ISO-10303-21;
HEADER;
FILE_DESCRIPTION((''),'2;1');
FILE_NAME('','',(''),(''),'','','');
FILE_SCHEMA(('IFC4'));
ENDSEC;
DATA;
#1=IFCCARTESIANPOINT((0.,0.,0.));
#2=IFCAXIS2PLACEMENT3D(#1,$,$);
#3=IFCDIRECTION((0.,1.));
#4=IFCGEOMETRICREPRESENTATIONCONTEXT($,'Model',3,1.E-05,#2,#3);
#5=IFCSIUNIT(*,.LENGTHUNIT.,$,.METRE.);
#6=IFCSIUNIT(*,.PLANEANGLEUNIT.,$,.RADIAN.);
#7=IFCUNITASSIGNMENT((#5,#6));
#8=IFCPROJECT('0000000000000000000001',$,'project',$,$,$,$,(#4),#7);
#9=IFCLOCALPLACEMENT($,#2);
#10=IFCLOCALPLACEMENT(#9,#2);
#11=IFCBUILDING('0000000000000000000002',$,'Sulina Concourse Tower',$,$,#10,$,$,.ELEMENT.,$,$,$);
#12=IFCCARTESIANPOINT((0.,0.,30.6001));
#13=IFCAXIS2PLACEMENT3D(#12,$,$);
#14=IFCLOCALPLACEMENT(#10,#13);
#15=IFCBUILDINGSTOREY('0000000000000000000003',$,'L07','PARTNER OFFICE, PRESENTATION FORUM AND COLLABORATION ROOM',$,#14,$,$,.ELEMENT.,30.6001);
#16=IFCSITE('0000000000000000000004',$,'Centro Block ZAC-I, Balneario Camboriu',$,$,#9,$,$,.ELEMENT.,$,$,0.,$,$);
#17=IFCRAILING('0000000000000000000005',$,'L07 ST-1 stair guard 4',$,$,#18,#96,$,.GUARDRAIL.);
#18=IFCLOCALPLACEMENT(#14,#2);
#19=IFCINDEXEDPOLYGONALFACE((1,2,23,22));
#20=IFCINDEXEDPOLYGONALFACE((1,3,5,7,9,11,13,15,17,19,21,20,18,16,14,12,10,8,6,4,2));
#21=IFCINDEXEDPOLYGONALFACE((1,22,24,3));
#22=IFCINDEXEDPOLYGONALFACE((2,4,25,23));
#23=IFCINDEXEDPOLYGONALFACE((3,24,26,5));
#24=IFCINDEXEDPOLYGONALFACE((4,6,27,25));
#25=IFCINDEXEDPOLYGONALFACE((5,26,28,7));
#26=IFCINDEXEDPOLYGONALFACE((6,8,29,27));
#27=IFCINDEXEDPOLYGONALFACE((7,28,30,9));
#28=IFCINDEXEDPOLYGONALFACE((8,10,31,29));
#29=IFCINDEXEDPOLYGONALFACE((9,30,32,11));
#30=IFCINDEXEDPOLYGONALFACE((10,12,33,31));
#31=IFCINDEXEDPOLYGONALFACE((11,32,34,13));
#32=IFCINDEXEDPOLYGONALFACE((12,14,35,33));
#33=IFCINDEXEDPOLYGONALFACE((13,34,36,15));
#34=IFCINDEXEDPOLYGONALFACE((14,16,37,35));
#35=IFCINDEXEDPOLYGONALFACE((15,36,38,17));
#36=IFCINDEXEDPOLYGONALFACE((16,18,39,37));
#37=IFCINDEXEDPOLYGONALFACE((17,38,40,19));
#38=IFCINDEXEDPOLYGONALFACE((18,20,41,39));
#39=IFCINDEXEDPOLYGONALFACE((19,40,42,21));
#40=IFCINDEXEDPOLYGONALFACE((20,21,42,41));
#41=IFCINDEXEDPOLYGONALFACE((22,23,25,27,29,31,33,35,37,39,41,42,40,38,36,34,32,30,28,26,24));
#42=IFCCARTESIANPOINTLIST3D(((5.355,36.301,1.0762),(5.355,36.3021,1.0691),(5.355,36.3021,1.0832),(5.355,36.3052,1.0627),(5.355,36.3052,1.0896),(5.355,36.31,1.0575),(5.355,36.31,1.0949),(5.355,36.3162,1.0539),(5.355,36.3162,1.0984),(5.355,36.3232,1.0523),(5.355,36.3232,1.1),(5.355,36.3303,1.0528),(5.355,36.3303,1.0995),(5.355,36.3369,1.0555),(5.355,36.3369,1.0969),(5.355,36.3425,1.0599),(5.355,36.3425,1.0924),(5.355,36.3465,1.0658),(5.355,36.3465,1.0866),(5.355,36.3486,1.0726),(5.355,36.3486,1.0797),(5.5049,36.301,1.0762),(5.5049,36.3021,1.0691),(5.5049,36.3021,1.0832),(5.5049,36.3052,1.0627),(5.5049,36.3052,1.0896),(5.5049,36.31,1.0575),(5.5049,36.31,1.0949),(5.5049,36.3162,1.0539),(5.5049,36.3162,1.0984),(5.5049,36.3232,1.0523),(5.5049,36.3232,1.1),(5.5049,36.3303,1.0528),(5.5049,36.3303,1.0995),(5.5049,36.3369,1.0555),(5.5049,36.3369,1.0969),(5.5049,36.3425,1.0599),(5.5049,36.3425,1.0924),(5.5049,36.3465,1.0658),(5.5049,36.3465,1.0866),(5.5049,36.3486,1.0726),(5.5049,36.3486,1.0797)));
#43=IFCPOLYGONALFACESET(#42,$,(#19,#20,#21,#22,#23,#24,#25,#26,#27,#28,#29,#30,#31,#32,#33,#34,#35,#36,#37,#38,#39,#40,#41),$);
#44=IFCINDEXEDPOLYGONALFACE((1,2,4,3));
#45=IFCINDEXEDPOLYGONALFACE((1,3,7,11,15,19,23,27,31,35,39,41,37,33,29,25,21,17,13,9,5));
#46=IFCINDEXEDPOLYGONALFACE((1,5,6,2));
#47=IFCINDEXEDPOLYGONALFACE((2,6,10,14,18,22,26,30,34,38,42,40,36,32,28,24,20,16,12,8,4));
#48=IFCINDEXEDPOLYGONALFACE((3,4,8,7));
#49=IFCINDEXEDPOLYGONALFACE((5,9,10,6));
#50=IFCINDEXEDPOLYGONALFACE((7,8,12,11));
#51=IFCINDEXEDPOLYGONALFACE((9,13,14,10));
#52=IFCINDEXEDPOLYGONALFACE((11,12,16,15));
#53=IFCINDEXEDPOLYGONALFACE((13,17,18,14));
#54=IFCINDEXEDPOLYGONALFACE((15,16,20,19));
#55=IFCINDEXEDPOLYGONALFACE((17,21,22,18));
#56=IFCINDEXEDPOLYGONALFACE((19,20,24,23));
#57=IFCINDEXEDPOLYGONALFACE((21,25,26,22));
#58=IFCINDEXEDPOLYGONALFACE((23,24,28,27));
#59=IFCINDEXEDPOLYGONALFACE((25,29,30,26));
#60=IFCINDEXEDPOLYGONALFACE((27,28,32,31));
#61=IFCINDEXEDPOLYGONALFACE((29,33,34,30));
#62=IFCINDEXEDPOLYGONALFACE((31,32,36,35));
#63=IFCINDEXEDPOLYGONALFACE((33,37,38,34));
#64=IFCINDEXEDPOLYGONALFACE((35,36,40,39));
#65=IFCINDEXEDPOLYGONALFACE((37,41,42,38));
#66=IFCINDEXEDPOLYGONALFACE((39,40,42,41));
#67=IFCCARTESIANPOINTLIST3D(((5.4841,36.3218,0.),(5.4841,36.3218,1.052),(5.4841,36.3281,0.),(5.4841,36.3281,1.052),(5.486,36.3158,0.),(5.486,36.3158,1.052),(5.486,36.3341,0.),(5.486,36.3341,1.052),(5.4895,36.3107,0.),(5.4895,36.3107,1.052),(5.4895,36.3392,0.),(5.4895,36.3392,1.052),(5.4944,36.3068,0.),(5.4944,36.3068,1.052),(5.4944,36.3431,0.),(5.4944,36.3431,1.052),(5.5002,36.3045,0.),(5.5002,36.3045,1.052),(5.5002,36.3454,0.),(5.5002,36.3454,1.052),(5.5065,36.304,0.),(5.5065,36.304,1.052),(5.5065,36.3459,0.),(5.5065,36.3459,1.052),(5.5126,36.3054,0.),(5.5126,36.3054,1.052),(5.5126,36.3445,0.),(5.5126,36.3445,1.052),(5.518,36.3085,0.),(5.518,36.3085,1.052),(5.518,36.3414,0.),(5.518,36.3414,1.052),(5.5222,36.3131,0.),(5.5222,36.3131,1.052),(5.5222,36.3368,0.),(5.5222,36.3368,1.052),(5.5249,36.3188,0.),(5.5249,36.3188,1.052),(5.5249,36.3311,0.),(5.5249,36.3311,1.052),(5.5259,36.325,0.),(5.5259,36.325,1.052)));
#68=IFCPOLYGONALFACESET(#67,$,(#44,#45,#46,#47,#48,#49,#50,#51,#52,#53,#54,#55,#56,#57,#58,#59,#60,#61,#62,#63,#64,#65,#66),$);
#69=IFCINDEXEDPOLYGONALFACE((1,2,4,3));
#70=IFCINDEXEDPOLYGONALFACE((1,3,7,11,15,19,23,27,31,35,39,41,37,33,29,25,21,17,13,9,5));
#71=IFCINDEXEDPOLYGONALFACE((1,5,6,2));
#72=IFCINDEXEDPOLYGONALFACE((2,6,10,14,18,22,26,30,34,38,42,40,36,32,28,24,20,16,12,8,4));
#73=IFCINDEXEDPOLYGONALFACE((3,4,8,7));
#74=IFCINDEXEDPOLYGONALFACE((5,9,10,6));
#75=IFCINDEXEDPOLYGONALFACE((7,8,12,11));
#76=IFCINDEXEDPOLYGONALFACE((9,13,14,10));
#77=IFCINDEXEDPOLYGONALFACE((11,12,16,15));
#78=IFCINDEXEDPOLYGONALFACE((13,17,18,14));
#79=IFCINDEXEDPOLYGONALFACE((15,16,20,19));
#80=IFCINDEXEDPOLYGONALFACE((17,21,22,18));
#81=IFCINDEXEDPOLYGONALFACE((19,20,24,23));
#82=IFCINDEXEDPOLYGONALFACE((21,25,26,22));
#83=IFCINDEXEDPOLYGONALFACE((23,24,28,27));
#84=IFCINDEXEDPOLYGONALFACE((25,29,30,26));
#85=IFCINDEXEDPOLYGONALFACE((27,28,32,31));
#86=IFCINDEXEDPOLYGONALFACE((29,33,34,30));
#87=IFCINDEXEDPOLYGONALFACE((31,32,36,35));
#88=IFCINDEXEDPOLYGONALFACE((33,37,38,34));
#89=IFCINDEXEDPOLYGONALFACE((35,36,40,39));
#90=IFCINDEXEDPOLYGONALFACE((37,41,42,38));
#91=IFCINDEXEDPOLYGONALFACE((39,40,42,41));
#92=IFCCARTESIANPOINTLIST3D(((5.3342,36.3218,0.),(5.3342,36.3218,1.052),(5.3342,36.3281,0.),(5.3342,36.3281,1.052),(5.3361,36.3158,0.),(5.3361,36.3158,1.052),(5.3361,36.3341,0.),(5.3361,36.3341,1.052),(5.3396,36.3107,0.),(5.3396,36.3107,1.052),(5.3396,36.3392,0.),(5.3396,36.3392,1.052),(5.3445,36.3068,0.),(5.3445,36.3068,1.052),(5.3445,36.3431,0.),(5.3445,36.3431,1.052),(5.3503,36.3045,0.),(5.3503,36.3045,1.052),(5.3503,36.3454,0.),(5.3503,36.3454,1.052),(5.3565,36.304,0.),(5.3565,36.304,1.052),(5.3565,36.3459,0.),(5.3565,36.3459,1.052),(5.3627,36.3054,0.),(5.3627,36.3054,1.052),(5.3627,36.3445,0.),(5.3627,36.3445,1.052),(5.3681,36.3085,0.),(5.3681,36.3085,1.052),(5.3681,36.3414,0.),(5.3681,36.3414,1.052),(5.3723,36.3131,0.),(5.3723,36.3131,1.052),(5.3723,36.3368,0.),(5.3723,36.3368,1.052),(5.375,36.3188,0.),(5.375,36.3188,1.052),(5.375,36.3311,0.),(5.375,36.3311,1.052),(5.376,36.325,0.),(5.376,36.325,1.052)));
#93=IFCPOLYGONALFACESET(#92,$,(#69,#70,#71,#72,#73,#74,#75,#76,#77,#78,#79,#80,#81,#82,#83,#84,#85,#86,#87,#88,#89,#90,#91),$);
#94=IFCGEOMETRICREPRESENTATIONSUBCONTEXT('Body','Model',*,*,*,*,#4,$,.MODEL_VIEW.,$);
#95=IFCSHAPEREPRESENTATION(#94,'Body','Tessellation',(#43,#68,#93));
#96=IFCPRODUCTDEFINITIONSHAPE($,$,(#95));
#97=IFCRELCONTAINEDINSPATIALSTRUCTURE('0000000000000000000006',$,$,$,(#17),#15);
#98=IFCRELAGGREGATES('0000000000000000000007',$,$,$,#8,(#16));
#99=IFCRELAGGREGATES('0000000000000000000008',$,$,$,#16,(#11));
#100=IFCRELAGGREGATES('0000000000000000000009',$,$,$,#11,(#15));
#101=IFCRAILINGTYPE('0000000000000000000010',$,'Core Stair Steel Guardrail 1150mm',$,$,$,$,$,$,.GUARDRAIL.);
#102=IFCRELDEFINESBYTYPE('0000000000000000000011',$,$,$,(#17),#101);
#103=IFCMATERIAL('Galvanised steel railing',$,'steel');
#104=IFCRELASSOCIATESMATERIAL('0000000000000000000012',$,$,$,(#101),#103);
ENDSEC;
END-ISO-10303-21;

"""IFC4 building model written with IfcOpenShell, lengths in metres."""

from ifc_helpers import new_model, si_unit, direction, frame, origin, origin_2d, place, context, subcontext, project, spatial, circle, extrude, material, type_object, element, save


model = new_model("IFC4")

# Units and contexts
model_context = context("Model", 3, precision=1e-05, world=origin(), true_north=direction((0.0, 1.0)))
body_context = subcontext(model_context, "Body", "Model", "MODEL_VIEW")
ifc_project = project(units=[si_unit("LENGTHUNIT", "METRE"), si_unit("PLANEANGLEUNIT", "RADIAN")], contexts=[model_context])

# Site, building, storey
site_placement = place(None, origin())
site = spatial("IfcSite", under=ifc_project, at=site_placement, Name="Centro Block ZAC-I, Balneario Camboriu", CompositionType="ELEMENT", RefElevation=0.0)
building_placement = place(site_placement, origin())
building = spatial("IfcBuilding", under=site, at=building_placement, Name="Sulina Concourse Tower", CompositionType="ELEMENT")
storey_placement = place(building_placement, frame((0.0, 0.0, 30.6001)))
storey = spatial("IfcBuildingStorey", under=building, at=storey_placement, Name="L07", Description="PARTNER OFFICE, PRESENTATION FORUM AND COLLABORATION ROOM", CompositionType="ELEMENT", Elevation=30.6001)

# Railing
ifc_material_1 = material(Name="Galvanised steel railing", Category="steel")
railing_type_1 = type_object("IfcRailingType", Name="Core Stair Steel Guardrail 1150mm", PredefinedType="GUARDRAIL", material=ifc_material_1)
railing_1_placement = place(storey_placement, frame((5.5049, 36.325, 0.0)))
element("IfcRailing", 1, at=railing_1_placement, inside=storey, type_object=railing_type_1, Name="L07 ST-1 stair guard 4", PredefinedType="GUARDRAIL", context=body_context, shape_type="SweptSolid", body=[
    extrude(circle(Radius=0.0239, at=origin_2d()), frame((0.0, 0.0, 1.0762), z_axis=(-1.0, 0.0, 0.0), x_axis=(0.0, -1.0, 0.0)), (0.0, 0.0, 1.0), 0.1499),
    extrude(circle(Radius=0.021, at=origin_2d()), origin(), (0.0, 0.0, 1.0), 1.052),
    extrude(circle(Radius=0.021, at=origin_2d()), frame((-0.1499, 0.0, 0.0)), (0.0, 0.0, 1.0), 1.052),
])

save(model, "model.ifc")
